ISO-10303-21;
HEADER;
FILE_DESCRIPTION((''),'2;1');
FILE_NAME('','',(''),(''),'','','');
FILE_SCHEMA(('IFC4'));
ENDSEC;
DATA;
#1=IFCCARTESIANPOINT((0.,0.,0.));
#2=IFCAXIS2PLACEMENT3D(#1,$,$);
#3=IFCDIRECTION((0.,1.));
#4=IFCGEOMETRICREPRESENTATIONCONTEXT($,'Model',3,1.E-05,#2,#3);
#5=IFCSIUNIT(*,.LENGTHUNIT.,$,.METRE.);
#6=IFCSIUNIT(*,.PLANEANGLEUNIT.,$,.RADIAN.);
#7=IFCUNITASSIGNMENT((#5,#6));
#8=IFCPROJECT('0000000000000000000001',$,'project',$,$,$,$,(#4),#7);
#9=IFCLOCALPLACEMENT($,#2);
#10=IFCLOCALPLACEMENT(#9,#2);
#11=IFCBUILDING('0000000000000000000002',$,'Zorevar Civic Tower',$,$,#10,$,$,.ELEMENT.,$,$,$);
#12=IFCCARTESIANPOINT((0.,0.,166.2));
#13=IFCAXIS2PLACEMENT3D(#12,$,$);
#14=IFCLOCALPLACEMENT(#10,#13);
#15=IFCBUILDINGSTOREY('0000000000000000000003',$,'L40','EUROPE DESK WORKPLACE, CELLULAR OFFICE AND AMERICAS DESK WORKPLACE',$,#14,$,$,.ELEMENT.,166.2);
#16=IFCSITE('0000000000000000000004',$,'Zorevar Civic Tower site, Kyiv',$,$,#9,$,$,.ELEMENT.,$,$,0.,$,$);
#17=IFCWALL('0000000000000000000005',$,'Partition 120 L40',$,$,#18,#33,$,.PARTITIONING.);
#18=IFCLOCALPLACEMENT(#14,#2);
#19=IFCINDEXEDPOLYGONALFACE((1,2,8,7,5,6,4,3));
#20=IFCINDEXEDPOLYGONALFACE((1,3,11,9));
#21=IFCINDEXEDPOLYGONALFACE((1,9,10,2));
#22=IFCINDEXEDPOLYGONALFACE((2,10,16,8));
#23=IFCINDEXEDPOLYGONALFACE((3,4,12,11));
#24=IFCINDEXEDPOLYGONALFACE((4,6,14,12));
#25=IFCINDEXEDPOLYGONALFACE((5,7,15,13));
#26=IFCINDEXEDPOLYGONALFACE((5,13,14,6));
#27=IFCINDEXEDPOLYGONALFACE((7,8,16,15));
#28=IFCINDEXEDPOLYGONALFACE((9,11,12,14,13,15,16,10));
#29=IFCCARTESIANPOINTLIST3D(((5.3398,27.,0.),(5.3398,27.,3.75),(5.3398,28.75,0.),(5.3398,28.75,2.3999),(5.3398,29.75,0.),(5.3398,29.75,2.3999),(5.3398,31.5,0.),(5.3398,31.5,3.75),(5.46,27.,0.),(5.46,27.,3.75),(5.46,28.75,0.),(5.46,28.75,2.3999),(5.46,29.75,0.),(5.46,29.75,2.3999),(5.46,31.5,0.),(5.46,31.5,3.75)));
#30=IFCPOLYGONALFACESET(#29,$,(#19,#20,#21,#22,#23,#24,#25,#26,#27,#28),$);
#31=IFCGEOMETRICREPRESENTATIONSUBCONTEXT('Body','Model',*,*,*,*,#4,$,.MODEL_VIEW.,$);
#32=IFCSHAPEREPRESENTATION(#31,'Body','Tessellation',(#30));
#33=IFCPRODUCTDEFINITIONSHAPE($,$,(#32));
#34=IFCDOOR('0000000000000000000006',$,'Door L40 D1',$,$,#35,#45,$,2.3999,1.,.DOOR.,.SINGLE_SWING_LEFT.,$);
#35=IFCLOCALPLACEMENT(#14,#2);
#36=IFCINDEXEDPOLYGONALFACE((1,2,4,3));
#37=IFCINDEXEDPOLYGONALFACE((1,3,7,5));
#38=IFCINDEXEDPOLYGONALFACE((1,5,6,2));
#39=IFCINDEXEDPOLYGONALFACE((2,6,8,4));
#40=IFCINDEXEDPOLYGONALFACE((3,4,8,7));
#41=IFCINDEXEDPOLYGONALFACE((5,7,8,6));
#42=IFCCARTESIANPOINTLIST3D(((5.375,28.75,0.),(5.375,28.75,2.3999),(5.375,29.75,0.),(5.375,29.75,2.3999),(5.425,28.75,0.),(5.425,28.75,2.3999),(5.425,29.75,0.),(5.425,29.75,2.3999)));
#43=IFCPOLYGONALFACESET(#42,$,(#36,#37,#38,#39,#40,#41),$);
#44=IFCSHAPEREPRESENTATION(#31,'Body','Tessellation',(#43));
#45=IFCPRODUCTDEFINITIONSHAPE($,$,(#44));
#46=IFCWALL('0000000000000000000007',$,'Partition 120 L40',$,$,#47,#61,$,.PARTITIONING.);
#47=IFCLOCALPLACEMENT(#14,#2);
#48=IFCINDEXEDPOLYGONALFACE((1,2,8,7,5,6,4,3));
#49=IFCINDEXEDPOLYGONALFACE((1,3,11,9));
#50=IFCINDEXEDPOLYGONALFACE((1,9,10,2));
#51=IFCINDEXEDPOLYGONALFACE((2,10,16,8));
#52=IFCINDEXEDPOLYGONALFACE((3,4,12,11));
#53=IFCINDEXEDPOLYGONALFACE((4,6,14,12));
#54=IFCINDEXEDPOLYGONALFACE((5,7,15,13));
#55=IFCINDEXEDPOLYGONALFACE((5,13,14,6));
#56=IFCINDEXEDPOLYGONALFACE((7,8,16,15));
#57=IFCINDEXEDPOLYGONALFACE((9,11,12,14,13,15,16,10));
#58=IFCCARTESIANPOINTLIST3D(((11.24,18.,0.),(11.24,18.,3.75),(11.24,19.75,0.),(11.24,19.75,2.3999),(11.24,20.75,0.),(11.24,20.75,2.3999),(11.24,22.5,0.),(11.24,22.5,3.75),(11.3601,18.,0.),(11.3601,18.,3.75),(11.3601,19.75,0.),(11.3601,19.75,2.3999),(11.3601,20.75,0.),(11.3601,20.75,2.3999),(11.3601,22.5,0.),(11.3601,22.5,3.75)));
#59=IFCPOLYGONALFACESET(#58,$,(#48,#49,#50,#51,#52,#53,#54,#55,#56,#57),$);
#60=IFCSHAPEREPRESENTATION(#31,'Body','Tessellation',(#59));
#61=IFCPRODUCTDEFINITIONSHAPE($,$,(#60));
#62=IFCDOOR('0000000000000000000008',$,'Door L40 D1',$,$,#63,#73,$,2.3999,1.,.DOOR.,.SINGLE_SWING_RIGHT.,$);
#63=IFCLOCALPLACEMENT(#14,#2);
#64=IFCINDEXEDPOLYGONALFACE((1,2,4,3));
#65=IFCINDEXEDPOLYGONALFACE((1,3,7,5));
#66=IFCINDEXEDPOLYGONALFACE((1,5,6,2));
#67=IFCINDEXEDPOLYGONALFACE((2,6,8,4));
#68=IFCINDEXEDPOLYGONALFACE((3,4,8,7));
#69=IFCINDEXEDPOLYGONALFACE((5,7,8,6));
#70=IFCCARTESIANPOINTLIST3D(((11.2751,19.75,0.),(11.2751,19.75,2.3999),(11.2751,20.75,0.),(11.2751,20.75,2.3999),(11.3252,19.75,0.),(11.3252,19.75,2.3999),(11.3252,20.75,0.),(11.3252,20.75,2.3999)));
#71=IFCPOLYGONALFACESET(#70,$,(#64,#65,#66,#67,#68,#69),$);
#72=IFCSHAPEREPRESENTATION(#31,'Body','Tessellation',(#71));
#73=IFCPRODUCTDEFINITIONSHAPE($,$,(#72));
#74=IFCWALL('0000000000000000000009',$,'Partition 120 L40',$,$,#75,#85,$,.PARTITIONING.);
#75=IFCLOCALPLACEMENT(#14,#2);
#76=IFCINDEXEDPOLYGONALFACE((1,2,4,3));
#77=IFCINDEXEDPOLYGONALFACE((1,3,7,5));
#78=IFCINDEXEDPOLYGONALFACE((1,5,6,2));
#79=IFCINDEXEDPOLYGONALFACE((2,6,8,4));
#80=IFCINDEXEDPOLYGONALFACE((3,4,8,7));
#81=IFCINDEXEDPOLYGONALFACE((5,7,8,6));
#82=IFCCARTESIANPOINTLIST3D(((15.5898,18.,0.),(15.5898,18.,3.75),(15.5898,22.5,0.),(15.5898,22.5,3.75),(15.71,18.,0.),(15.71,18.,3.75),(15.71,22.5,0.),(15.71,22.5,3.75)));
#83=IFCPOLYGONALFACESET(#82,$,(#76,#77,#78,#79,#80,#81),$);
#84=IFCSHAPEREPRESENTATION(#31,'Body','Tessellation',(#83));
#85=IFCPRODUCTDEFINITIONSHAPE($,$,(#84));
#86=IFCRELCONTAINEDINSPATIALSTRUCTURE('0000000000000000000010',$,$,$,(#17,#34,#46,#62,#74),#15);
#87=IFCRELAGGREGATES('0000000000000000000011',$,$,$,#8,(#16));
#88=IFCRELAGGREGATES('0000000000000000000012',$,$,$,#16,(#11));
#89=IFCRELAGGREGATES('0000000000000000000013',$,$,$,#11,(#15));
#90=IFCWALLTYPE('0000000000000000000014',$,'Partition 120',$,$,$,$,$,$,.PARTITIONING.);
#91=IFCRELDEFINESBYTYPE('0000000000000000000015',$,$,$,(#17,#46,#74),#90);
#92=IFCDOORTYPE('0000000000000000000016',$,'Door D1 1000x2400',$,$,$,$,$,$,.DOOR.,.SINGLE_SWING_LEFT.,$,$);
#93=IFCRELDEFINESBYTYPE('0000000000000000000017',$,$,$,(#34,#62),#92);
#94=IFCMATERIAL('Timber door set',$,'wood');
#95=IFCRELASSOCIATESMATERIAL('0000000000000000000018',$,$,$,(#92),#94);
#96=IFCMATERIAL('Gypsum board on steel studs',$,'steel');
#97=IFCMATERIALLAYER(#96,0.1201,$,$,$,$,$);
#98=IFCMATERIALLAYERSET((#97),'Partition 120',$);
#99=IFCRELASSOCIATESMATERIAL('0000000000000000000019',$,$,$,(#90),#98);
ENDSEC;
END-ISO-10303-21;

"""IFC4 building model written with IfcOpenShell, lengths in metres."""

from ifc_helpers import new_model, si_unit, direction, frame, frame_2d, origin, place, context, subcontext, project, spatial, rectangle, extrude, material, layer, layer_set, type_object, element, fill, save


model = new_model("IFC4")

# Units and contexts
model_context = context("Model", 3, precision=1e-05, world=origin(), true_north=direction((0.0, 1.0)))
body_context = subcontext(model_context, "Body", "Model", "MODEL_VIEW")
ifc_project = project(units=[si_unit("LENGTHUNIT", "METRE"), si_unit("PLANEANGLEUNIT", "RADIAN")], contexts=[model_context])

# Site, building, storey
site_placement = place(None, origin())
site = spatial("IfcSite", under=ifc_project, at=site_placement, Name="Zorevar Civic Tower site, Kyiv", CompositionType="ELEMENT", RefElevation=0.0)
building_placement = place(site_placement, origin())
building = spatial("IfcBuilding", under=site, at=building_placement, Name="Zorevar Civic Tower", CompositionType="ELEMENT")
storey_placement = place(building_placement, frame((0.0, 0.0, 166.2)))
storey = spatial("IfcBuildingStorey", under=building, at=storey_placement, Name="L40", Description="EUROPE DESK WORKPLACE, CELLULAR OFFICE AND AMERICAS DESK WORKPLACE", CompositionType="ELEMENT", Elevation=166.2)

# Shared definitions
ifc_material_1 = material(Name="Timber door set", Category="wood")
door_type_1 = type_object("IfcDoorType", Name="Door D1 1000x2400", OperationType="SINGLE_SWING_LEFT", PredefinedType="DOOR", material=ifc_material_1)

# Shared definitions
ifc_material_2 = material(Name="Gypsum board on steel studs", Category="steel")
ifc_layer_1 = layer(ifc_material_2, 0.1201)
ifc_layer_set_1 = layer_set([ifc_layer_1], Name="Partition 120")
wall_type_1 = type_object("IfcWallType", Name="Partition 120", PredefinedType="PARTITIONING", material=ifc_layer_set_1)

# Walls, openings, doors
wall_1_placement = place(storey_placement, frame((5.3999, 27.0, 0.0), z_axis=(0.0, 0.0, 1.0), x_axis=(0.0, 1.0, 0.0)))
wall_1 = element("IfcWall", 1, at=wall_1_placement, inside=storey, type_object=wall_type_1, Name="Partition 120 L40", PredefinedType="PARTITIONING", context=body_context, shape_type="SweptSolid", body=[
    extrude(rectangle(XDim=4.5, YDim=0.1201, at=frame_2d((2.25, 0.0))), origin(), (0.0, 0.0, 1.0), 3.75),
])
opening_1_placement = place(wall_1_placement, frame((1.75, 0.0, 0.0)))
opening_1 = element("IfcOpeningElement", 2, at=opening_1_placement, cuts=wall_1, PredefinedType="OPENING", context=body_context, shape_type="SweptSolid", body=[
    extrude(rectangle(XDim=1.0, YDim=2.3999, at=frame_2d((0.5, 1.2))), frame((0.0, 0.0701, 0.0), z_axis=(0.0, -1.0, 0.0), x_axis=(1.0, 0.0, 0.0)), (0.0, 0.0, 1.0), 0.1401),
])
door_1_placement = place(opening_1_placement, origin())
door_1 = element("IfcDoor", 3, at=door_1_placement, inside=storey, type_object=door_type_1, Name="Door L40 D1", OperationType="SINGLE_SWING_LEFT", OverallHeight=2.3999, OverallWidth=1.0, PredefinedType="DOOR", context=body_context, shape_type="SweptSolid", body=[
    extrude(rectangle(XDim=1.0, YDim=2.3999, at=frame_2d((0.5, 1.2))), frame((0.0, 0.0249, 0.0), z_axis=(0.0, -1.0, 0.0), x_axis=(1.0, 0.0, 0.0)), (0.0, 0.0, 1.0), 0.05),
])
fill(opening_1, door_1)
wall_2_placement = place(storey_placement, frame((11.3, 18.0, 0.0), z_axis=(0.0, 0.0, 1.0), x_axis=(0.0, 1.0, 0.0)))
wall_2 = element("IfcWall", 4, at=wall_2_placement, inside=storey, type_object=wall_type_1, Name="Partition 120 L40", PredefinedType="PARTITIONING", context=body_context, shape_type="SweptSolid", body=[
    extrude(rectangle(XDim=4.5, YDim=0.1201, at=frame_2d((2.25, 0.0))), origin(), (0.0, 0.0, 1.0), 3.75),
])
opening_2_placement = place(wall_2_placement, frame((1.75, 0.0, 0.0)))
opening_2 = element("IfcOpeningElement", 5, at=opening_2_placement, cuts=wall_2, PredefinedType="OPENING", context=body_context, shape_type="SweptSolid", body=[
    extrude(rectangle(XDim=1.0, YDim=2.3999, at=frame_2d((0.5, 1.2))), frame((0.0, 0.0701, 0.0), z_axis=(0.0, -1.0, 0.0), x_axis=(1.0, 0.0, 0.0)), (0.0, 0.0, 1.0), 0.1401),
])
door_2_placement = place(opening_2_placement, origin())
door_2 = element("IfcDoor", 6, at=door_2_placement, inside=storey, type_object=door_type_1, Name="Door L40 D1", OperationType="SINGLE_SWING_RIGHT", OverallHeight=2.3999, OverallWidth=1.0, PredefinedType="DOOR", context=body_context, shape_type="SweptSolid", body=[
    extrude(rectangle(XDim=1.0, YDim=2.3999, at=frame_2d((0.5, 1.2))), frame((0.0, 0.0249, 0.0), z_axis=(0.0, -1.0, 0.0), x_axis=(1.0, 0.0, 0.0)), (0.0, 0.0, 1.0), 0.05),
])
fill(opening_2, door_2)

# Wall
wall_3_placement = place(storey_placement, frame((15.6499, 18.0, 0.0), z_axis=(0.0, 0.0, 1.0), x_axis=(0.0, 1.0, 0.0)))
element("IfcWall", 7, at=wall_3_placement, inside=storey, type_object=wall_type_1, Name="Partition 120 L40", PredefinedType="PARTITIONING", context=body_context, shape_type="SweptSolid", body=[
    extrude(rectangle(XDim=4.5, YDim=0.1201, at=frame_2d((2.25, 0.0))), origin(), (0.0, 0.0, 1.0), 3.75),
])

save(model, "model.ifc")
